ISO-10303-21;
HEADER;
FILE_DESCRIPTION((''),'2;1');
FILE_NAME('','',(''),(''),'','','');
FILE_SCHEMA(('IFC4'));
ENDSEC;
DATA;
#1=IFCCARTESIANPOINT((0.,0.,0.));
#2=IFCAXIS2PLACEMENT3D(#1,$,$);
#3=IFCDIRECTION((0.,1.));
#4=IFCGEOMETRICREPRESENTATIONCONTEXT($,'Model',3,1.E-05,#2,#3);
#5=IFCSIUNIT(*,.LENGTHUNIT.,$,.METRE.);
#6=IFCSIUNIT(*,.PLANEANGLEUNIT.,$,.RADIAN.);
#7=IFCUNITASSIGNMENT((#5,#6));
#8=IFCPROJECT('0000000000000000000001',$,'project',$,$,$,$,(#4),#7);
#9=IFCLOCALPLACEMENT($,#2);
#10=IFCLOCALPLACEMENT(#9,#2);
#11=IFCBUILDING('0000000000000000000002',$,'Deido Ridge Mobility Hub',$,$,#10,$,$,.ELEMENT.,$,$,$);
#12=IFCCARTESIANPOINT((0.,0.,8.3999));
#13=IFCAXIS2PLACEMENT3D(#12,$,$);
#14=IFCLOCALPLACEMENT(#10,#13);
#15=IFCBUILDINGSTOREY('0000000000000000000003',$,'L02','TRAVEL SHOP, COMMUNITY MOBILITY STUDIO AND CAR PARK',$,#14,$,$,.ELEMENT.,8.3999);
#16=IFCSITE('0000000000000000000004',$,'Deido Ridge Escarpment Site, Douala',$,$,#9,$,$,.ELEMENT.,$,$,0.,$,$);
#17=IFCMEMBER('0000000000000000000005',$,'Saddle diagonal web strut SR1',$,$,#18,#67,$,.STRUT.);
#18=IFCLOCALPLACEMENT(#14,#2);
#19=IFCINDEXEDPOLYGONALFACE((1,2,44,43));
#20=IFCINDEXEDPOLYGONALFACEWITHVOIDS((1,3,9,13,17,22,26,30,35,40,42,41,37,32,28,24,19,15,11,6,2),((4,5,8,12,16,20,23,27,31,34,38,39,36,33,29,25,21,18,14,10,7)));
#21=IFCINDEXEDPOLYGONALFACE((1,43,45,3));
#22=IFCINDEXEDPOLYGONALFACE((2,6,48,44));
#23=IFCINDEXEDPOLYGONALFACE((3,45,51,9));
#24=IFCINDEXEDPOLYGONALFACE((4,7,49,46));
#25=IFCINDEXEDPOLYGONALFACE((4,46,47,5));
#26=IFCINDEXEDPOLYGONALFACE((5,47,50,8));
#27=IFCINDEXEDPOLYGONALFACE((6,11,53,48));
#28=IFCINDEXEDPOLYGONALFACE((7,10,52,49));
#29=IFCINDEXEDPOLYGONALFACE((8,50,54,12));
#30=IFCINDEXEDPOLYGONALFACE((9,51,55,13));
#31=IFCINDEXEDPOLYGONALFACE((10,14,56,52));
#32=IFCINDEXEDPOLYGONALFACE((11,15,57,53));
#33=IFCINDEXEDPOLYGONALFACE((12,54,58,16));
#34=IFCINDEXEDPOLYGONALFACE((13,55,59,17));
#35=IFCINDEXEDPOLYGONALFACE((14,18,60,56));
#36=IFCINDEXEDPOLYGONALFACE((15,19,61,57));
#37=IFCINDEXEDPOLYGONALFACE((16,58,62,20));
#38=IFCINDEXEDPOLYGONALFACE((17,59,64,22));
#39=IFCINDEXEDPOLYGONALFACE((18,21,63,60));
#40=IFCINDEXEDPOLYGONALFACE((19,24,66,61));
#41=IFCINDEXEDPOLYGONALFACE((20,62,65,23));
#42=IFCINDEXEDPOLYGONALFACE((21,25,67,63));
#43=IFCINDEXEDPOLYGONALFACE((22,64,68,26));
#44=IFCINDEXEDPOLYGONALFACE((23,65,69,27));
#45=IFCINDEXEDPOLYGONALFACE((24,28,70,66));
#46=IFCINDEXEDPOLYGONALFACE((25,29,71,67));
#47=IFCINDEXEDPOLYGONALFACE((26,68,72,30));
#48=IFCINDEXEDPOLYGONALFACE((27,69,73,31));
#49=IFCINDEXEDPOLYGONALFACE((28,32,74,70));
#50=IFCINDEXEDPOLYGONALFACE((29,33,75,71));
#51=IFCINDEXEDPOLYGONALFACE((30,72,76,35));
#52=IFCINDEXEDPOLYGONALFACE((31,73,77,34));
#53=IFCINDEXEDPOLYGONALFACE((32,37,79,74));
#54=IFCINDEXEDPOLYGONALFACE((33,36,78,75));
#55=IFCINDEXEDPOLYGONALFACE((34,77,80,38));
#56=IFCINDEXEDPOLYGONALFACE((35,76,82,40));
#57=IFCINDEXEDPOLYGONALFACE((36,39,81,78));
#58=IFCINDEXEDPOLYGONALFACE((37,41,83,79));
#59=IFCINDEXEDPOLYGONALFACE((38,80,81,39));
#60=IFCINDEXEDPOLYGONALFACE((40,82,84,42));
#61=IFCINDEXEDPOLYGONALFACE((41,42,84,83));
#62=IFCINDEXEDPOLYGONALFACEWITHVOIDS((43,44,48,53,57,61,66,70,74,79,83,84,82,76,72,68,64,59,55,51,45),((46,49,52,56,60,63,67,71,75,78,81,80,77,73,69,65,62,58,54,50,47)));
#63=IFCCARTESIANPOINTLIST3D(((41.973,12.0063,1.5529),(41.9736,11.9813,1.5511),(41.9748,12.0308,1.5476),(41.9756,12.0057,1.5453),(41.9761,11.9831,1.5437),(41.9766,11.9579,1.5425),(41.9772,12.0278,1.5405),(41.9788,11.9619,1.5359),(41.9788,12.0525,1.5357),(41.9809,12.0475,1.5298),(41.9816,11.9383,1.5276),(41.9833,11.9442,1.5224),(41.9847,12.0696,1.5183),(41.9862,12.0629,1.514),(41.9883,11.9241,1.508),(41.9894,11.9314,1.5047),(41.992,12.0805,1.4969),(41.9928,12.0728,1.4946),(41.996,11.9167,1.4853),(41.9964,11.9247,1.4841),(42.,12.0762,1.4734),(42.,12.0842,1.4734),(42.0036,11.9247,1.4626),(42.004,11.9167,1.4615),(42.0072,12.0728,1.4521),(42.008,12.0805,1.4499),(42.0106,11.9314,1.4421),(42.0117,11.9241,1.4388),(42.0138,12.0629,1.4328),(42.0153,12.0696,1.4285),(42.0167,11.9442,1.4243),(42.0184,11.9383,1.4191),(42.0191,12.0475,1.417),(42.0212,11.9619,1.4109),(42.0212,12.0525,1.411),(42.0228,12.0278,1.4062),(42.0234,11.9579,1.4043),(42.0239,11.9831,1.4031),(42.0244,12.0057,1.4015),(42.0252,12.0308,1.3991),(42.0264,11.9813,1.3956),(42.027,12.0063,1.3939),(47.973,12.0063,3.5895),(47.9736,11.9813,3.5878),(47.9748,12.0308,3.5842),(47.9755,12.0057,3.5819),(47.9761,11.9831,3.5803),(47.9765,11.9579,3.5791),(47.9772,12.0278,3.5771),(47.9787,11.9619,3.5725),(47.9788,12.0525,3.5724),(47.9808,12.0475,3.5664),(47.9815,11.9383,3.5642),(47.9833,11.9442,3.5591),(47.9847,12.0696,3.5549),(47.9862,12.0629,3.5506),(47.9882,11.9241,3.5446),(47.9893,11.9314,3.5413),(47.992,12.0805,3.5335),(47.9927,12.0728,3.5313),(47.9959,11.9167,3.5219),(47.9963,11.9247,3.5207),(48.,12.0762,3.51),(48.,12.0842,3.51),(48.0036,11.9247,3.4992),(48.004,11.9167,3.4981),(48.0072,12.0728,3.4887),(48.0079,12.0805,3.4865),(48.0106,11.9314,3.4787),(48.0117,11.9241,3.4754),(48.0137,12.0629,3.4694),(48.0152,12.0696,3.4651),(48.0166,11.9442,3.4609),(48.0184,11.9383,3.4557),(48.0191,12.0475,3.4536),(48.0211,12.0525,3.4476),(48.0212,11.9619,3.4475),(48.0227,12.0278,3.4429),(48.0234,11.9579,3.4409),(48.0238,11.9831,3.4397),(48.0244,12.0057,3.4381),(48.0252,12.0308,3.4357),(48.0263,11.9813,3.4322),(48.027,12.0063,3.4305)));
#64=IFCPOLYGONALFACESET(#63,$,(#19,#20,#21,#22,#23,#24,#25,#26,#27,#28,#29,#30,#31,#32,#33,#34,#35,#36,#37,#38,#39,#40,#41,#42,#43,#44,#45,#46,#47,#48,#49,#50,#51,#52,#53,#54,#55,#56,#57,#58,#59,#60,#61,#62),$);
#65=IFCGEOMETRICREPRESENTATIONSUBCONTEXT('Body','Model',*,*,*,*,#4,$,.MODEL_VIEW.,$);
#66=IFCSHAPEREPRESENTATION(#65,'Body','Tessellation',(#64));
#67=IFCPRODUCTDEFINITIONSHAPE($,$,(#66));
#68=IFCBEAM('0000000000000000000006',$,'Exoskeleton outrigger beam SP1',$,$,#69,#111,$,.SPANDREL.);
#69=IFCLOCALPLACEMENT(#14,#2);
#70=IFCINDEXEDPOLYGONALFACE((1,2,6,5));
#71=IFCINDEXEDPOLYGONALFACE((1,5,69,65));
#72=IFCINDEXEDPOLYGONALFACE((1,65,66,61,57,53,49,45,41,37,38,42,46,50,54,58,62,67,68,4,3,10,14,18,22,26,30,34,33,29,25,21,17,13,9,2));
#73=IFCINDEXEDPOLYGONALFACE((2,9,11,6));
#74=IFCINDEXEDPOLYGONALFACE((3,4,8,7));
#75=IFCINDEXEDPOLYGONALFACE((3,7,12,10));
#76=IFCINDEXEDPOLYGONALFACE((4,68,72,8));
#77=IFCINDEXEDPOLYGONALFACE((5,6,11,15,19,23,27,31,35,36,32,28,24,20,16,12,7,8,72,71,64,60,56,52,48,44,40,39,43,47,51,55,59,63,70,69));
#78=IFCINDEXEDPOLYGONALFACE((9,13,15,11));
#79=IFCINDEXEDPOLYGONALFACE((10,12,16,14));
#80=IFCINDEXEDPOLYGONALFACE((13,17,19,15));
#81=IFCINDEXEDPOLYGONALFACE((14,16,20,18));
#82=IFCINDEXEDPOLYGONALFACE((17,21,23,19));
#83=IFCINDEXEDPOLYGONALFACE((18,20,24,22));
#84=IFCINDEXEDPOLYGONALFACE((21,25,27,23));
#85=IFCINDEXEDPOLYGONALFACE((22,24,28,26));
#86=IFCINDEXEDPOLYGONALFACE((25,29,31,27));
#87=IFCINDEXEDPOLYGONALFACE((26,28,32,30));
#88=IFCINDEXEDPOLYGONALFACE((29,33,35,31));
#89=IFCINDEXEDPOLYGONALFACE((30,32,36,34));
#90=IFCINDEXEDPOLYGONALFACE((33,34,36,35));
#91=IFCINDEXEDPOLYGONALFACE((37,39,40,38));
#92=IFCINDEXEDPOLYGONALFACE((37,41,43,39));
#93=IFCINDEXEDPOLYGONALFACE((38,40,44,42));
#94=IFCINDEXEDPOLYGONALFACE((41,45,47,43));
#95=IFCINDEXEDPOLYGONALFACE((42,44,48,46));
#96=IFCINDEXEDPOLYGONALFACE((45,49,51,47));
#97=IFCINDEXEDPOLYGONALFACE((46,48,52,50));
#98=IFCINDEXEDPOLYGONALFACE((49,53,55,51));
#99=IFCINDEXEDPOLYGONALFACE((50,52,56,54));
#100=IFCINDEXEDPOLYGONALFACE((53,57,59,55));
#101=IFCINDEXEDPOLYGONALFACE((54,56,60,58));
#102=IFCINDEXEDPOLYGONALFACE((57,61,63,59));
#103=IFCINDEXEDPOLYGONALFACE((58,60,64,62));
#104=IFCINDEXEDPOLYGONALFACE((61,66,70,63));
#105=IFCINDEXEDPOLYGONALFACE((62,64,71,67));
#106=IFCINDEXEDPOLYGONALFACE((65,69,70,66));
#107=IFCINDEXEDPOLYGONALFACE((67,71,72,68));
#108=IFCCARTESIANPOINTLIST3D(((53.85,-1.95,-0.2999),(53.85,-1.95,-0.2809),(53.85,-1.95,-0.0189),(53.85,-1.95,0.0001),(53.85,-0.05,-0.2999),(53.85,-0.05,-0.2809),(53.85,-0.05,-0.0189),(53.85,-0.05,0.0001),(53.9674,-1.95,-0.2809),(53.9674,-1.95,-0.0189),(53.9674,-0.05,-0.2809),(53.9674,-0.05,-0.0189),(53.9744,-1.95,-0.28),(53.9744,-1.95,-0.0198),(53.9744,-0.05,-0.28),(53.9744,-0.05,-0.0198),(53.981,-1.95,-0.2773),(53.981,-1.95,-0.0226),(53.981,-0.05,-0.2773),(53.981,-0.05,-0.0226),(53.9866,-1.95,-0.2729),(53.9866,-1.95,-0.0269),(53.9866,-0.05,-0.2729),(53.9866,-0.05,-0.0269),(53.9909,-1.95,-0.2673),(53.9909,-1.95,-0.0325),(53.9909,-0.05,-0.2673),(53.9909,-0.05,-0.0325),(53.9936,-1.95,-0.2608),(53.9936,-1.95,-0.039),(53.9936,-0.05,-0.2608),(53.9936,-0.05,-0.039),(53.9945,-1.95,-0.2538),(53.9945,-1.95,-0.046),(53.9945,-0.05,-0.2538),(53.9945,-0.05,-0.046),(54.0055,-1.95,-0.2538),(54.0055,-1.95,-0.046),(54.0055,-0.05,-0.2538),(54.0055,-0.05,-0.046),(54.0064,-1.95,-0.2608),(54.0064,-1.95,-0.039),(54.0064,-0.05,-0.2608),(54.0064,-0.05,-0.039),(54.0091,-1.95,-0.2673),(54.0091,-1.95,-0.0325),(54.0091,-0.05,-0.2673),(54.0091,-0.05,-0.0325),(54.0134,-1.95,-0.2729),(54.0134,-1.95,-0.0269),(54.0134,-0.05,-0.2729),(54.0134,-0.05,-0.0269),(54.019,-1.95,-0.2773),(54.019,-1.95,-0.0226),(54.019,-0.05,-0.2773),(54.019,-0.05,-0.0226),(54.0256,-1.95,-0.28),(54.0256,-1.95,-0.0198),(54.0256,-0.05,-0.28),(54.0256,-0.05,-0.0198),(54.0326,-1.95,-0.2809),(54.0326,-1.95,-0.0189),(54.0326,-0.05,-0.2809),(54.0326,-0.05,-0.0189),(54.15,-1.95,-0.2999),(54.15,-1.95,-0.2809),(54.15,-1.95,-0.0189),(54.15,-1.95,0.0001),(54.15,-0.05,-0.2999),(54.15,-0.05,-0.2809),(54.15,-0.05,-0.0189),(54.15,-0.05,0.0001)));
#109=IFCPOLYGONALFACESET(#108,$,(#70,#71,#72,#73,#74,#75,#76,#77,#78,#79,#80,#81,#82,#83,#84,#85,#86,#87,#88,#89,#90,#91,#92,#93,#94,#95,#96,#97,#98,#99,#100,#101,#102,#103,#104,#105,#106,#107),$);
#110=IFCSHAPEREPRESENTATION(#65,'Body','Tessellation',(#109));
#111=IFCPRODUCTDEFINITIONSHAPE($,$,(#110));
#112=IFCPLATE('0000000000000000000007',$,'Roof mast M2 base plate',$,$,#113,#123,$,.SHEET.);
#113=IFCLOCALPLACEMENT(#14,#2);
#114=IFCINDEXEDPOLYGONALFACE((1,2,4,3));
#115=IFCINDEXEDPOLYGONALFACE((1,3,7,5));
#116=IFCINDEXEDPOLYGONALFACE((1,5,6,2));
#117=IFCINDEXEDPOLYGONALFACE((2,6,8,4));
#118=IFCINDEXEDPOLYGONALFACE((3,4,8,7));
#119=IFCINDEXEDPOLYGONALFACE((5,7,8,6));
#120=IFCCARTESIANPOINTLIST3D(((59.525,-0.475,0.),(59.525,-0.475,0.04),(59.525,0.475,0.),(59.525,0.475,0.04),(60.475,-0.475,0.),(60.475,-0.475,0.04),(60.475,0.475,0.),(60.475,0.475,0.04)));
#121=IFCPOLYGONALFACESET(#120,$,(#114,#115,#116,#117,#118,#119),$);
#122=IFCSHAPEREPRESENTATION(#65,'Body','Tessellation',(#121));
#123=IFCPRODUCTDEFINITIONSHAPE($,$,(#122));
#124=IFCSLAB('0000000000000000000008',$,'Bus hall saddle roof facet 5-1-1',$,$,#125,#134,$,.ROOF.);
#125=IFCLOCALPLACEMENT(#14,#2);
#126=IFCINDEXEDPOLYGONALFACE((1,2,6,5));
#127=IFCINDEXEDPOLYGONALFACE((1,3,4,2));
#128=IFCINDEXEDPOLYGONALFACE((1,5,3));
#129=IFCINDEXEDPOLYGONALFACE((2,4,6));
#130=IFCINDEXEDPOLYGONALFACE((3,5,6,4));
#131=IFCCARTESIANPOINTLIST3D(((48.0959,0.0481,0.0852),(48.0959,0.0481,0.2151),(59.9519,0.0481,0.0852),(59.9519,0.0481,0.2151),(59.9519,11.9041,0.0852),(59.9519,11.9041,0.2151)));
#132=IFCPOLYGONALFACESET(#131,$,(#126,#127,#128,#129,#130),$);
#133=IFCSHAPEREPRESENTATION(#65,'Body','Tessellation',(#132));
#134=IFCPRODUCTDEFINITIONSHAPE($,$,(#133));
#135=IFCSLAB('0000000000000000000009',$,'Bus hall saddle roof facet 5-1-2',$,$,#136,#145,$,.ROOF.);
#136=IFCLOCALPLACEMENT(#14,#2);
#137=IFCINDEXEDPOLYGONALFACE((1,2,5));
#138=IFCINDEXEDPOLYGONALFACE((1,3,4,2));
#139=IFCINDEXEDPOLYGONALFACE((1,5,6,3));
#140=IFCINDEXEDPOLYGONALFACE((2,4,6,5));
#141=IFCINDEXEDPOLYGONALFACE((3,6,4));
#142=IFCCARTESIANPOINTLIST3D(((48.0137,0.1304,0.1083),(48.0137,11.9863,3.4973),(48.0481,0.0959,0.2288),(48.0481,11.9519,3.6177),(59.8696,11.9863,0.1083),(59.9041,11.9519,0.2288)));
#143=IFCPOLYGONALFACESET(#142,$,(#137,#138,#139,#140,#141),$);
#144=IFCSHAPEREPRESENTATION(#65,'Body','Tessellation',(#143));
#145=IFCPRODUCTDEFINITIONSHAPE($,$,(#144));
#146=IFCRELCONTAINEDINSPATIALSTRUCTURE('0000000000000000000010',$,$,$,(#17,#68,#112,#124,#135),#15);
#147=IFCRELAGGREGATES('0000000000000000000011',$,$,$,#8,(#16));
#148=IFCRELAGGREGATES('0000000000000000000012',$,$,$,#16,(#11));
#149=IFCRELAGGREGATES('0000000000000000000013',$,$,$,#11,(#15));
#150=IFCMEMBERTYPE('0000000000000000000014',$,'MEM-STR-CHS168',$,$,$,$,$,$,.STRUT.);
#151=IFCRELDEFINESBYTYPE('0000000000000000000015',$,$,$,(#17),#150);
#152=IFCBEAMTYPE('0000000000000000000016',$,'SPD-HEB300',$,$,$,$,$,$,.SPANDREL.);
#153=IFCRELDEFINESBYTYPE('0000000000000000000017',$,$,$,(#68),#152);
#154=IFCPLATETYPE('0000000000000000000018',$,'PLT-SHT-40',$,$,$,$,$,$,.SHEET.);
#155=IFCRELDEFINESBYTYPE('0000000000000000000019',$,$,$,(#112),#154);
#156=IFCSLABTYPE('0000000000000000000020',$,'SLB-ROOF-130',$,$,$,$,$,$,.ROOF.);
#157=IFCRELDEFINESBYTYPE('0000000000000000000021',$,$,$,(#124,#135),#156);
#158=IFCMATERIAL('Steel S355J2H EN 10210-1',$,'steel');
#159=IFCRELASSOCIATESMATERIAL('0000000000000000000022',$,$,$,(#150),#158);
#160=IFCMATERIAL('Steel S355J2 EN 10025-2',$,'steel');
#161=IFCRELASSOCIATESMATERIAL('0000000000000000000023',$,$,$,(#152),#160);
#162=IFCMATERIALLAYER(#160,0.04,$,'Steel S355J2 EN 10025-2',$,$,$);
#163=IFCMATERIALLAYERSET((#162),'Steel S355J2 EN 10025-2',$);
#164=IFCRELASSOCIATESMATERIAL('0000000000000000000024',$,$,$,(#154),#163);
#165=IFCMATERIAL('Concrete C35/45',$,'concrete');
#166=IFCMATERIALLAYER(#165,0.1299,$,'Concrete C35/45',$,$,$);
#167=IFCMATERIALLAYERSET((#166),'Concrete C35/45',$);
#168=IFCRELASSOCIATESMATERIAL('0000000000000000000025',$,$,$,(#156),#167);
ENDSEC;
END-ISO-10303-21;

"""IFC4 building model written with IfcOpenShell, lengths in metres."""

from ifc_helpers import new_model, si_unit, direction, frame, origin, origin_2d, place, context, subcontext, project, spatial, polyline, rectangle, hollow_circle, i_section, outline, extrude, material, layer, layer_set, material_profile, profile_set, type_object, element, save


model = new_model("IFC4")

# Units and contexts
model_context = context("Model", 3, precision=1e-05, world=origin(), true_north=direction((0.0, 1.0)))
body_context = subcontext(model_context, "Body", "Model", "MODEL_VIEW")
ifc_project = project(units=[si_unit("LENGTHUNIT", "METRE"), si_unit("PLANEANGLEUNIT", "RADIAN")], contexts=[model_context])

# Site, building, storey
site_placement = place(None, origin())
site = spatial("IfcSite", under=ifc_project, at=site_placement, Name="Deido Ridge Escarpment Site, Douala", CompositionType="ELEMENT", RefElevation=0.0)
building_placement = place(site_placement, origin())
building = spatial("IfcBuilding", under=site, at=building_placement, Name="Deido Ridge Mobility Hub", CompositionType="ELEMENT")
storey_placement = place(building_placement, frame((0.0, 0.0, 8.3999)))
storey = spatial("IfcBuildingStorey", under=building, at=storey_placement, Name="L02", Description="TRAVEL SHOP, COMMUNITY MOBILITY STUDIO AND CAR PARK", CompositionType="ELEMENT", Elevation=8.3999)

# Shared definitions
ifc_material_1 = material(Name="Steel S355J2H EN 10210-1", Category="steel")

# Shared definitions
ifc_material_2 = material(Name="Steel S355J2 EN 10025-2", Category="steel")

# Member
ifc_material_profile_1 = material_profile(ifc_material_1, hollow_circle(Radius=0.0842, WallThickness=0.0081, at=origin_2d()), Name="CHS 168.3x8")
ifc_profile_set_1 = profile_set([ifc_material_profile_1], Name="Steel S355J2H EN 10210-1")
member_type_1 = type_object("IfcMemberType", Name="MEM-STR-CHS168", PredefinedType="STRUT", material=ifc_profile_set_1)
member_1_placement = place(storey_placement, frame((42.0, 12.0, 1.4734), z_axis=(0.946935, 0.0, 0.321425), x_axis=(0.0, 1.0, 0.0)))
element("IfcMember", 1, at=member_1_placement, inside=storey, type_object=member_type_1, Name="Saddle diagonal web strut SR1", PredefinedType="STRUT", context=body_context, shape_type="SweptSolid", body=[
    extrude(hollow_circle(Radius=0.0842, WallThickness=0.0081, at=origin_2d()), origin(), (0.0, 0.0, 1.0), 6.3362),
])

# Beam
ifc_material_profile_2 = material_profile(ifc_material_2, i_section(OverallWidth=0.3, OverallDepth=0.3, WebThickness=0.011, FlangeThickness=0.019, FilletRadius=0.0271, at=origin_2d()), Name="HEB 300")
ifc_profile_set_2 = profile_set([ifc_material_profile_2], Name="Steel S355J2 EN 10025-2")
beam_type_1 = type_object("IfcBeamType", Name="SPD-HEB300", PredefinedType="SPANDREL", material=ifc_profile_set_2)
beam_1_placement = place(storey_placement, frame((54.0, -0.05, -0.1499), z_axis=(0.0, -1.0, 0.0), x_axis=(1.0, 0.0, 0.0)))
element("IfcBeam", 2, at=beam_1_placement, inside=storey, type_object=beam_type_1, Name="Exoskeleton outrigger beam SP1", PredefinedType="SPANDREL", context=body_context, shape_type="SweptSolid", body=[
    extrude(i_section(OverallWidth=0.3, OverallDepth=0.3, WebThickness=0.011, FlangeThickness=0.019, FilletRadius=0.0271, at=origin_2d()), origin(), (0.0, 0.0, 1.0), 1.8999),
])

# Plate
ifc_layer_1 = layer(ifc_material_2, 0.04, Name="Steel S355J2 EN 10025-2")
ifc_layer_set_1 = layer_set([ifc_layer_1], Name="Steel S355J2 EN 10025-2")
plate_type = type_object("IfcPlateType", Name="PLT-SHT-40", PredefinedType="SHEET", material=ifc_layer_set_1)
plate_placement = place(storey_placement, frame((60.0, 0.0, 0.0), z_axis=(0.0, 0.0, 1.0), x_axis=(1.0, 0.0, 0.0)))
element("IfcPlate", 3, at=plate_placement, inside=storey, type_object=plate_type, Name="Roof mast M2 base plate", PredefinedType="SHEET", context=body_context, shape_type="SweptSolid", body=[
    extrude(rectangle(XDim=0.95, YDim=0.95, at=origin_2d()), origin(), (0.0, 0.0, 1.0), 0.04),
])

# Slabs
ifc_material_3 = material(Name="Concrete C35/45", Category="concrete")
ifc_layer_2 = layer(ifc_material_3, 0.1299, Name="Concrete C35/45")
ifc_layer_set_2 = layer_set([ifc_layer_2], Name="Concrete C35/45")
slab_type = type_object("IfcSlabType", Name="SLB-ROOF-130", PredefinedType="ROOF", material=ifc_layer_set_2)
slab_1_placement = place(storey_placement, frame((48.0959, 0.0481, 0.2151), z_axis=(0.0, 0.0, 1.0), x_axis=(1.0, 0.0, 0.0)))
element("IfcSlab", 4, at=slab_1_placement, inside=storey, type_object=slab_type, Name="Bus hall saddle roof facet 5-1-1", PredefinedType="ROOF", context=body_context, shape_type="SweptSolid", body=[
    extrude(outline(polyline([(0.0, 0.0), (11.856, 0.0), (11.856, 11.856), (0.0, 0.0)])), origin(), (0.0, 0.0, -1.0), 0.1299),
])
slab_2_placement = place(storey_placement, frame((48.0481, 0.0959, 0.2288), z_axis=(0.265007, -0.265007, 0.927115), x_axis=(0.707107, 0.707107, 0.0)))
element("IfcSlab", 5, at=slab_2_placement, inside=storey, type_object=slab_type, Name="Bus hall saddle roof facet 5-1-2", PredefinedType="ROOF", context=body_context, shape_type="SweptSolid", body=[
    extrude(outline(polyline([(0.0, 0.0), (16.7669, 0.0), (8.3834, 9.0425), (0.0, 0.0)])), origin(), (0.0, 0.0, -1.0), 0.1299),
])

save(model, "model.ifc")
